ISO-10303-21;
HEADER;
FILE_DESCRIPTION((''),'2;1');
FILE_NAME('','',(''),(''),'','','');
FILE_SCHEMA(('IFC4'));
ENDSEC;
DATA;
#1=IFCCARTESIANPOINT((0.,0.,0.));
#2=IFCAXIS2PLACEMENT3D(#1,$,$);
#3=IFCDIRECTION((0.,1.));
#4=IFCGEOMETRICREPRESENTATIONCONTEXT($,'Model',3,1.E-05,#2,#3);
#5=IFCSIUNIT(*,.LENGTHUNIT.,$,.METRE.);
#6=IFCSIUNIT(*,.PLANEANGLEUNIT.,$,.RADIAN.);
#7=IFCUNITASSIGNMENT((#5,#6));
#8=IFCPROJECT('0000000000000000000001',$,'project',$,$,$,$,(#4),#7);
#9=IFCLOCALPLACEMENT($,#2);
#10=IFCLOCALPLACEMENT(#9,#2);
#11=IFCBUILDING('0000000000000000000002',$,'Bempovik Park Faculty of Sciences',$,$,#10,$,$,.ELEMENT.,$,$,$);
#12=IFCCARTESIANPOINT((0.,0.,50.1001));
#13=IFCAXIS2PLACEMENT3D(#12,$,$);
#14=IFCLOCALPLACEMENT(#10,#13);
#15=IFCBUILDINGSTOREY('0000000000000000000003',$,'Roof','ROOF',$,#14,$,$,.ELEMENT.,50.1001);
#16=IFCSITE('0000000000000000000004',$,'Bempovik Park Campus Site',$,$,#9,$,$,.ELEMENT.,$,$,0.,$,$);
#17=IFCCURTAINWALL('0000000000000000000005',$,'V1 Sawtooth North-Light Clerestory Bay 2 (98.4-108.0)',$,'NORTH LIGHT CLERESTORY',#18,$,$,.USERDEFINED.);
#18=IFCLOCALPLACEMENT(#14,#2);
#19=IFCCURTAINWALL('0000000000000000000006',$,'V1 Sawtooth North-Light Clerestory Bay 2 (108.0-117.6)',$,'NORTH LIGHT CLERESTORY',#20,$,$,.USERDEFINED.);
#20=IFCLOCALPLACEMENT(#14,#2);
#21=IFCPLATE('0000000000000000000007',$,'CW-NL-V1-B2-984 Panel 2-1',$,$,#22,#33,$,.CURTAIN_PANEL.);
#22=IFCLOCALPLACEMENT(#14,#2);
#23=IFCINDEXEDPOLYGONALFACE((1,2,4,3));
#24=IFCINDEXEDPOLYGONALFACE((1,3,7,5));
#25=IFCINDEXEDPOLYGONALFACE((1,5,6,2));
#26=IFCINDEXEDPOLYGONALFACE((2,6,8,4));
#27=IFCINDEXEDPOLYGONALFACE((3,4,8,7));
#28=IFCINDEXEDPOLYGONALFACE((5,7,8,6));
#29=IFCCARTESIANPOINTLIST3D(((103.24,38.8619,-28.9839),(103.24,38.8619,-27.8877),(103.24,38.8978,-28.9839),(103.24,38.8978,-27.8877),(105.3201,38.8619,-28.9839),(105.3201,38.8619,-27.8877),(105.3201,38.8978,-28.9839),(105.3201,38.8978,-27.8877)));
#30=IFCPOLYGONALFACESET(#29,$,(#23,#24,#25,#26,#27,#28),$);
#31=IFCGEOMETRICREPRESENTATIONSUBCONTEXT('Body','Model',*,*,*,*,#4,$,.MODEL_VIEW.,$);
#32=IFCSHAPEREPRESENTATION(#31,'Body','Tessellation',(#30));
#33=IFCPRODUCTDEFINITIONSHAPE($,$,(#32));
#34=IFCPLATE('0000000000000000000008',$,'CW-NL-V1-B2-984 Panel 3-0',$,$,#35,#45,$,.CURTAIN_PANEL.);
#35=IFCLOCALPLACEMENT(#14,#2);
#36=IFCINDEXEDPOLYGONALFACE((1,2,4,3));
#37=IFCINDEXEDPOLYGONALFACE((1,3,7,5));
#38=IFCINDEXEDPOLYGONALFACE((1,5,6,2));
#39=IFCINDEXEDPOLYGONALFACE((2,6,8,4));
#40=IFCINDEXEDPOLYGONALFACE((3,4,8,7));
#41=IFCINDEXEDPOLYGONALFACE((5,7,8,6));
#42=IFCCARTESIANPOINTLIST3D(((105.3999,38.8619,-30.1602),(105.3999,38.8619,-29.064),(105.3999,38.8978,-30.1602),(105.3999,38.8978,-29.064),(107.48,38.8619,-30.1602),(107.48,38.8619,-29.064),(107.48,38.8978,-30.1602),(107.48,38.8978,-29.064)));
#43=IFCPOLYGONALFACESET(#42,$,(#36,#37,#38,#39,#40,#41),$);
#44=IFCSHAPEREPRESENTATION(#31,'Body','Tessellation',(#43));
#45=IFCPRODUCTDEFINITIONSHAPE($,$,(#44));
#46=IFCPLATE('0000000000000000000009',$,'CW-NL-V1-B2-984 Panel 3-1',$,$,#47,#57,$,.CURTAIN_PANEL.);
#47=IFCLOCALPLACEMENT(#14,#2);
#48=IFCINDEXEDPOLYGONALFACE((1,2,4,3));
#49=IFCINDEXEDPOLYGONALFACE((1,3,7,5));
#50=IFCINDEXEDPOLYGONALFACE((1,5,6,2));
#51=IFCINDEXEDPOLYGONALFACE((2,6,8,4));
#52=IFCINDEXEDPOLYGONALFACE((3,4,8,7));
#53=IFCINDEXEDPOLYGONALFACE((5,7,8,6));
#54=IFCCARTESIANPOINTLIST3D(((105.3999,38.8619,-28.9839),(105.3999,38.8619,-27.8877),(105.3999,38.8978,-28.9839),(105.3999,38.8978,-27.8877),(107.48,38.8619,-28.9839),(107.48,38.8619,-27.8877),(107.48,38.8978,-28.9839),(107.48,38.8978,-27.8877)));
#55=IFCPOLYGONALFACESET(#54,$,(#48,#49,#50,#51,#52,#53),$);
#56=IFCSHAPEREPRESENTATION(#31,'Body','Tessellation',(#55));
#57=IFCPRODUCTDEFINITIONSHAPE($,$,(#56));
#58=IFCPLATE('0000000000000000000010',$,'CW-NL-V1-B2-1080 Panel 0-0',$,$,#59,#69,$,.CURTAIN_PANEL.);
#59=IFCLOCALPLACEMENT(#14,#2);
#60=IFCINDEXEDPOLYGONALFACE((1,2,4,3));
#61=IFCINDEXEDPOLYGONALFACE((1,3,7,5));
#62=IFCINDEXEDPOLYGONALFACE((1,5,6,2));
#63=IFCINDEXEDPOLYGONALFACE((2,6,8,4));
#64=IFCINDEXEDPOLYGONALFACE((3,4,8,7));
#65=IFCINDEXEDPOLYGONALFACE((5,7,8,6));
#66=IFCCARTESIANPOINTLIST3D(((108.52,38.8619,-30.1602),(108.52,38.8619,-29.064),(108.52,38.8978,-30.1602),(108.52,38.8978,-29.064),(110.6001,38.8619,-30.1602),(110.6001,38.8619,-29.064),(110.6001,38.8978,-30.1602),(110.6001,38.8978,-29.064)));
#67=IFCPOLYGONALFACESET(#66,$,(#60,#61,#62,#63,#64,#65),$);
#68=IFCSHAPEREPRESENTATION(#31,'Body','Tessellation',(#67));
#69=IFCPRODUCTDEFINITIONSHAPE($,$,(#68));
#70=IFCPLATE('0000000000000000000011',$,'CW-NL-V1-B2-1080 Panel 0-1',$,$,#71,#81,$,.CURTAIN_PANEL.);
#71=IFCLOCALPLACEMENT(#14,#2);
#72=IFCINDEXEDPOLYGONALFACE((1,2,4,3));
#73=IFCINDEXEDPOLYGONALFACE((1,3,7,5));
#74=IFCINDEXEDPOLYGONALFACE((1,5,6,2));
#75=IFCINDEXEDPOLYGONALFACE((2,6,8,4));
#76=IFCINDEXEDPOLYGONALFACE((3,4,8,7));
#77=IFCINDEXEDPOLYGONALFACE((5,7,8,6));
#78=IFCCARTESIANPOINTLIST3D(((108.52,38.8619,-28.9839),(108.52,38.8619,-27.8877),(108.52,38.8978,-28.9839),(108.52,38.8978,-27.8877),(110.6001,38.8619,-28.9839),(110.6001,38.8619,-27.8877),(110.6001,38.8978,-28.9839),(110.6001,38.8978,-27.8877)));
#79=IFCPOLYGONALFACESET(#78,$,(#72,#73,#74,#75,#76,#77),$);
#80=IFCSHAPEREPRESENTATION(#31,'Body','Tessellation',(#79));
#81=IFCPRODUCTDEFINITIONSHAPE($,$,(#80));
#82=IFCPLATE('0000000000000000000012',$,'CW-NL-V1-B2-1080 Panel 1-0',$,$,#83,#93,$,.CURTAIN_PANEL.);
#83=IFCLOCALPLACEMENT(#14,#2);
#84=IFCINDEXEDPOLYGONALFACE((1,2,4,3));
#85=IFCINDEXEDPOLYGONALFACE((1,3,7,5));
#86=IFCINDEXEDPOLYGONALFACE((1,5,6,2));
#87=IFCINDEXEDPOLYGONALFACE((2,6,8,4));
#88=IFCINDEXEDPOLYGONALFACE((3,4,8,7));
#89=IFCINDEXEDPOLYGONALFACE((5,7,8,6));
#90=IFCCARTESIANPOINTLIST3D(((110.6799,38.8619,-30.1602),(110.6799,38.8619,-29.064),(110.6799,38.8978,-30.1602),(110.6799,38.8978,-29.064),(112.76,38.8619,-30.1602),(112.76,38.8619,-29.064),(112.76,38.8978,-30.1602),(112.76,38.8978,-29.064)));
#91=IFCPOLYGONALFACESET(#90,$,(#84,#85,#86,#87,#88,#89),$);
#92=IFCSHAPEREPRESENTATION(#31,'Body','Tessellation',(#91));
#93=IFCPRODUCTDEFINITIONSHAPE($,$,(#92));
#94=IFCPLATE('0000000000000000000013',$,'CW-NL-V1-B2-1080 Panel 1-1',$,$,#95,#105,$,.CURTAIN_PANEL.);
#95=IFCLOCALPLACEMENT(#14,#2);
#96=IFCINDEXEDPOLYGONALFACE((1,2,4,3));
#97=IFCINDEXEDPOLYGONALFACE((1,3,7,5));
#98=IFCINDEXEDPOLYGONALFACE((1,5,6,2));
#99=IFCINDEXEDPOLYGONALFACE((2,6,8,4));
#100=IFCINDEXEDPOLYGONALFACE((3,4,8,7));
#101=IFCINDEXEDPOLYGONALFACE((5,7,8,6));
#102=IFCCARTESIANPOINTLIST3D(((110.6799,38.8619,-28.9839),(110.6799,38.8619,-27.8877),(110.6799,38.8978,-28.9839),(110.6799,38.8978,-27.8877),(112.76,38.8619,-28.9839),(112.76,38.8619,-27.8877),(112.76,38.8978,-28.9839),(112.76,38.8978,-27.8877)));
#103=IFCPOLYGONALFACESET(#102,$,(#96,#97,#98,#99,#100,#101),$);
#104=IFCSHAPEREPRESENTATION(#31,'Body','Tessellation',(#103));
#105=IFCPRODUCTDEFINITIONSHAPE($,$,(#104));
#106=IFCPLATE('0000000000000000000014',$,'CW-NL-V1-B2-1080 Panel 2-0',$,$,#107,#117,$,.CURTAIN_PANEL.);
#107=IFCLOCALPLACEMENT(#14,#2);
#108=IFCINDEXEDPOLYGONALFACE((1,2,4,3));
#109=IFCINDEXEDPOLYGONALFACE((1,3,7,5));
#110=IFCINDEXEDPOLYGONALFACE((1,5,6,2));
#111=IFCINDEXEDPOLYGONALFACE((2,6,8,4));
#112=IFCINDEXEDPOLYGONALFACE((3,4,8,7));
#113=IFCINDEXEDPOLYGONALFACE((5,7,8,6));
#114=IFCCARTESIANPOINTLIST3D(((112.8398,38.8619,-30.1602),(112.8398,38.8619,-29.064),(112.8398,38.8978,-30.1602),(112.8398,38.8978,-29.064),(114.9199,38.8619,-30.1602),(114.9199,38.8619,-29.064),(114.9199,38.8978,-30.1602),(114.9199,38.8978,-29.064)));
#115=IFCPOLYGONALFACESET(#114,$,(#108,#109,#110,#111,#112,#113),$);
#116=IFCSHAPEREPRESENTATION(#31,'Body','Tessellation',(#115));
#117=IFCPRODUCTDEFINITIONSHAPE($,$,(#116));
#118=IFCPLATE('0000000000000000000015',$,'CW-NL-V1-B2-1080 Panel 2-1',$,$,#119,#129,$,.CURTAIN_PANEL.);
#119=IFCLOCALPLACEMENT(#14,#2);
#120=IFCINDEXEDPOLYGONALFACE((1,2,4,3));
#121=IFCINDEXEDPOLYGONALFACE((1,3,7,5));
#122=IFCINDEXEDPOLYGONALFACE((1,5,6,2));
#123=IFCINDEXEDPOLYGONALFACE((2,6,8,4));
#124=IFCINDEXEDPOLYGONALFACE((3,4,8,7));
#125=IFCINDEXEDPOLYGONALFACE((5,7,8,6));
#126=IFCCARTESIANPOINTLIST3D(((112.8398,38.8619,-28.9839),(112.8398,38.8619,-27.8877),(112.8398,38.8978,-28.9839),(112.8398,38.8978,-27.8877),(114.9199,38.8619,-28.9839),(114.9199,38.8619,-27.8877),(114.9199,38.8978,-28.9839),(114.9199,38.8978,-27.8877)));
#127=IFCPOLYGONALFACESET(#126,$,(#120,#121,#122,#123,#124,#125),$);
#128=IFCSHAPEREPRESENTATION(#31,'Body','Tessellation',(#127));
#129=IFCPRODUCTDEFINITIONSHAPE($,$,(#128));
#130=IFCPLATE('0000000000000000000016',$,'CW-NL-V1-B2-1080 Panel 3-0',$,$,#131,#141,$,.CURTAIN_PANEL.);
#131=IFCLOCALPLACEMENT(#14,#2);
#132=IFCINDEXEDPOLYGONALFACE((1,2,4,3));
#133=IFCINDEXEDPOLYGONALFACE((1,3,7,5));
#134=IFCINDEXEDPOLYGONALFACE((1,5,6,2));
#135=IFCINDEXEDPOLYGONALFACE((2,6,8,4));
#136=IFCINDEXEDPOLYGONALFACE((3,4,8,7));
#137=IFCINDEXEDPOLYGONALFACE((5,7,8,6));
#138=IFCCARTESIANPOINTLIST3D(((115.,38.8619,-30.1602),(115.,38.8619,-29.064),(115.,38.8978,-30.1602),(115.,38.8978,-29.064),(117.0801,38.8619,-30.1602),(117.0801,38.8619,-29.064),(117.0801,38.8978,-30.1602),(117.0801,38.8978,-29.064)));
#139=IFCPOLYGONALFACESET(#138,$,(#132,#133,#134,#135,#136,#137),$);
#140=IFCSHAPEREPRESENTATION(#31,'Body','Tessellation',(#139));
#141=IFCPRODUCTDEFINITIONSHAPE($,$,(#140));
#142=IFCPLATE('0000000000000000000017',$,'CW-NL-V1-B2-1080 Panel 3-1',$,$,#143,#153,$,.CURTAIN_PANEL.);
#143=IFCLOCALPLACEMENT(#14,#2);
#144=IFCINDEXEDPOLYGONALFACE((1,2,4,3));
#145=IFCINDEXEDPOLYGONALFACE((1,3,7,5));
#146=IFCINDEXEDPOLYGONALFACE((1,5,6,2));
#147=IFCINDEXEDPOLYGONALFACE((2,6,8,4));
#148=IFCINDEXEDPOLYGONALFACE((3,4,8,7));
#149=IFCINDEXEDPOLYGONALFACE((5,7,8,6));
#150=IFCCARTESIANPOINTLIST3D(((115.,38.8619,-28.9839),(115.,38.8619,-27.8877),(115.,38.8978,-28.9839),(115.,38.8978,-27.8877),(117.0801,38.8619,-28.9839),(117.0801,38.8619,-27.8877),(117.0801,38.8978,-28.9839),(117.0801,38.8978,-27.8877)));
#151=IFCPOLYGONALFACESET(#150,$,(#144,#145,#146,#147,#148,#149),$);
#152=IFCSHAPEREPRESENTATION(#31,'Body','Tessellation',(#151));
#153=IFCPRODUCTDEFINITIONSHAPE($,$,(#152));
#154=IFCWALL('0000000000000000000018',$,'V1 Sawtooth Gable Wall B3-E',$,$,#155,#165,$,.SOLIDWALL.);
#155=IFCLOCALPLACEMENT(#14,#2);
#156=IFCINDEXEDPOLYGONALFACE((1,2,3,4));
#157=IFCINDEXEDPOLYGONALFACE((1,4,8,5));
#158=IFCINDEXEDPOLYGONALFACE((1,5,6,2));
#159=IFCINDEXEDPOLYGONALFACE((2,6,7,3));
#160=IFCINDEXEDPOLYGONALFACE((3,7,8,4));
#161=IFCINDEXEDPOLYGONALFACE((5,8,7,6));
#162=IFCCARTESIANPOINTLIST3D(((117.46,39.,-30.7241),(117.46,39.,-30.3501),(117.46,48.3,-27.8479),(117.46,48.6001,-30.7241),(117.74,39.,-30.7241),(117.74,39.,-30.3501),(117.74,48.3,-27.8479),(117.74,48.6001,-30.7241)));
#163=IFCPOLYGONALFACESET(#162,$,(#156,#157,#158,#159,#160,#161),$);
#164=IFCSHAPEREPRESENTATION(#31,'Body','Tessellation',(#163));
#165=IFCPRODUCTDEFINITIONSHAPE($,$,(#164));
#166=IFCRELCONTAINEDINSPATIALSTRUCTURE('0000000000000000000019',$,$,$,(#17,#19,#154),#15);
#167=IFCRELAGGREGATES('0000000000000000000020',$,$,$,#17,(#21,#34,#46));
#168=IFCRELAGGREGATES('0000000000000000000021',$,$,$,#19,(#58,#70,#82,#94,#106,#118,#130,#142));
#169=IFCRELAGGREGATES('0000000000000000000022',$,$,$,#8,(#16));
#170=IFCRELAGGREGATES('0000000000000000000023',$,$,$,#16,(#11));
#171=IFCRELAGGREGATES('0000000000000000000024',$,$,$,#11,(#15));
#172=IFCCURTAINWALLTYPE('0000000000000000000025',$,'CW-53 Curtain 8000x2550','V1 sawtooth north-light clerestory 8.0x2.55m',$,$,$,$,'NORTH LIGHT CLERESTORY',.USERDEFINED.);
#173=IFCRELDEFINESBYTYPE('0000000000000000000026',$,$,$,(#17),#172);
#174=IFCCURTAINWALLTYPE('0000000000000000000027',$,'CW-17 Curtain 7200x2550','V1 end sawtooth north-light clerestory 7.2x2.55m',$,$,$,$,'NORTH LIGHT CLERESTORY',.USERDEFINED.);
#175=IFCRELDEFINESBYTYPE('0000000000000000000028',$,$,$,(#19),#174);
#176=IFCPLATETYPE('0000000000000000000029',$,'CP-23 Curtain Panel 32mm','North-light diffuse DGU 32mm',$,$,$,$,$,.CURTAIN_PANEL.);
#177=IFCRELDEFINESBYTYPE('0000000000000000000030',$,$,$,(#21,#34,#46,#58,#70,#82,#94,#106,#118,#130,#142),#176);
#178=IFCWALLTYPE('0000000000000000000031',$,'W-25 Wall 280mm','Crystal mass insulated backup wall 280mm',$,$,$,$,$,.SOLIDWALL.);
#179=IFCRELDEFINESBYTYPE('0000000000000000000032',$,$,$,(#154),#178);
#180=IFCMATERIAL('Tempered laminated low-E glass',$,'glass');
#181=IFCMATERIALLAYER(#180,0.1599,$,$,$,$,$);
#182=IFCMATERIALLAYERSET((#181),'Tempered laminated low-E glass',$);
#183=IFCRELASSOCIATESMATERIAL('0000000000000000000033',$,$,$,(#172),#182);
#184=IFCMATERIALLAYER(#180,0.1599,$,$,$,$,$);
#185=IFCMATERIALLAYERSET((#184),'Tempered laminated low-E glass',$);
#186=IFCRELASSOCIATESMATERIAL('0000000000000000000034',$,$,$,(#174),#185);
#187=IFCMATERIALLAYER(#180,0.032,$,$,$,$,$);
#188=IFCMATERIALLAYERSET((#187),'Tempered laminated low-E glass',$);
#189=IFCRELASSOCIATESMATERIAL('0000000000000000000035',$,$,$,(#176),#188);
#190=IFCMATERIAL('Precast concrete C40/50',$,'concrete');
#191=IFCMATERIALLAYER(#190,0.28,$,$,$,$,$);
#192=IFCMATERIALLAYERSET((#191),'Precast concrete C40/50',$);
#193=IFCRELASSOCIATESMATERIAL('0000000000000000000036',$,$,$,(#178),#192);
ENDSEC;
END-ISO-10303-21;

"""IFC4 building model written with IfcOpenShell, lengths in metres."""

from ifc_helpers import new_model, si_unit, direction, frame, origin, origin_2d, place, context, subcontext, project, spatial, polyline, rectangle, outline, extrude, material, layer, layer_set, type_object, element, aggregate, save


model = new_model("IFC4")

# Units and contexts
model_context = context("Model", 3, precision=1e-05, world=origin(), true_north=direction((0.0, 1.0)))
body_context = subcontext(model_context, "Body", "Model", "MODEL_VIEW")
ifc_project = project(units=[si_unit("LENGTHUNIT", "METRE"), si_unit("PLANEANGLEUNIT", "RADIAN")], contexts=[model_context])

# Site, building, storey
site_placement = place(None, origin())
site = spatial("IfcSite", under=ifc_project, at=site_placement, Name="Bempovik Park Campus Site", CompositionType="ELEMENT", RefElevation=0.0)
building_placement = place(site_placement, origin())
building = spatial("IfcBuilding", under=site, at=building_placement, Name="Bempovik Park Faculty of Sciences", CompositionType="ELEMENT")
storey_placement = place(building_placement, frame((0.0, 0.0, 50.1001)))
storey = spatial("IfcBuildingStorey", under=building, at=storey_placement, Name="Roof", Description="ROOF", CompositionType="ELEMENT", Elevation=50.1001)

# Curtain walls
ifc_material_1 = material(Name="Tempered laminated low-E glass", Category="glass")
ifc_layer_1 = layer(ifc_material_1, 0.1599)
ifc_layer_set_1 = layer_set([ifc_layer_1], Name="Tempered laminated low-E glass")
curtain_wall_type_1 = type_object("IfcCurtainWallType", Name="CW-53 Curtain 8000x2550", Description="V1 sawtooth north-light clerestory 8.0x2.55m", ElementType="NORTH LIGHT CLERESTORY", PredefinedType="USERDEFINED", material=ifc_layer_set_1)
curtain_wall_1_placement = place(storey_placement, origin())
curtain_wall_1 = element("IfcCurtainWall", 1, at=curtain_wall_1_placement, inside=storey, type_object=curtain_wall_type_1, Name="V1 Sawtooth North-Light Clerestory Bay 2 (98.4-108.0)", ObjectType="NORTH LIGHT CLERESTORY", PredefinedType="USERDEFINED")
ifc_layer_2 = layer(ifc_material_1, 0.1599)
ifc_layer_set_2 = layer_set([ifc_layer_2], Name="Tempered laminated low-E glass")
curtain_wall_type_2 = type_object("IfcCurtainWallType", Name="CW-17 Curtain 7200x2550", Description="V1 end sawtooth north-light clerestory 7.2x2.55m", ElementType="NORTH LIGHT CLERESTORY", PredefinedType="USERDEFINED", material=ifc_layer_set_2)
curtain_wall_2_placement = place(storey_placement, origin())
curtain_wall_2 = element("IfcCurtainWall", 2, at=curtain_wall_2_placement, inside=storey, type_object=curtain_wall_type_2, Name="V1 Sawtooth North-Light Clerestory Bay 2 (108.0-117.6)", ObjectType="NORTH LIGHT CLERESTORY", PredefinedType="USERDEFINED")

# Plates
ifc_layer_3 = layer(ifc_material_1, 0.032)
ifc_layer_set_3 = layer_set([ifc_layer_3], Name="Tempered laminated low-E glass")
plate_type = type_object("IfcPlateType", Name="CP-23 Curtain Panel 32mm", Description="North-light diffuse DGU 32mm", PredefinedType="CURTAIN_PANEL", material=ifc_layer_set_3)
plate_1_placement = place(storey_placement, frame((104.28, 38.8799, -28.9839), z_axis=(0.0, 0.0, 1.0), x_axis=(1.0, 0.0, 0.0)))
plate_1 = element("IfcPlate", 3, at=plate_1_placement, type_object=plate_type, Name="CW-NL-V1-B2-984 Panel 2-1", PredefinedType="CURTAIN_PANEL", context=body_context, shape_type="SweptSolid", body=[
    extrude(rectangle(XDim=2.0801, YDim=0.0359, at=origin_2d()), origin(), (0.0, 0.0, 1.0), 1.0962),
])
plate_2_placement = place(storey_placement, frame((106.4399, 38.8799, -30.1602), z_axis=(0.0, 0.0, 1.0), x_axis=(1.0, 0.0, 0.0)))
plate_2 = element("IfcPlate", 4, at=plate_2_placement, type_object=plate_type, Name="CW-NL-V1-B2-984 Panel 3-0", PredefinedType="CURTAIN_PANEL", context=body_context, shape_type="SweptSolid", body=[
    extrude(rectangle(XDim=2.0801, YDim=0.0359, at=origin_2d()), origin(), (0.0, 0.0, 1.0), 1.0962),
])
plate_3_placement = place(storey_placement, frame((106.4399, 38.8799, -28.9839), z_axis=(0.0, 0.0, 1.0), x_axis=(1.0, 0.0, 0.0)))
plate_3 = element("IfcPlate", 5, at=plate_3_placement, type_object=plate_type, Name="CW-NL-V1-B2-984 Panel 3-1", PredefinedType="CURTAIN_PANEL", context=body_context, shape_type="SweptSolid", body=[
    extrude(rectangle(XDim=2.0801, YDim=0.0359, at=origin_2d()), origin(), (0.0, 0.0, 1.0), 1.0962),
])
aggregate(curtain_wall_1, [plate_1, plate_2, plate_3])
plate_4_placement = place(storey_placement, frame((109.5601, 38.8799, -30.1602), z_axis=(0.0, 0.0, 1.0), x_axis=(1.0, 0.0, 0.0)))
plate_4 = element("IfcPlate", 6, at=plate_4_placement, type_object=plate_type, Name="CW-NL-V1-B2-1080 Panel 0-0", PredefinedType="CURTAIN_PANEL", context=body_context, shape_type="SweptSolid", body=[
    extrude(rectangle(XDim=2.0801, YDim=0.0359, at=origin_2d()), origin(), (0.0, 0.0, 1.0), 1.0962),
])
plate_5_placement = place(storey_placement, frame((109.5601, 38.8799, -28.9839), z_axis=(0.0, 0.0, 1.0), x_axis=(1.0, 0.0, 0.0)))
plate_5 = element("IfcPlate", 7, at=plate_5_placement, type_object=plate_type, Name="CW-NL-V1-B2-1080 Panel 0-1", PredefinedType="CURTAIN_PANEL", context=body_context, shape_type="SweptSolid", body=[
    extrude(rectangle(XDim=2.0801, YDim=0.0359, at=origin_2d()), origin(), (0.0, 0.0, 1.0), 1.0962),
])
plate_6_placement = place(storey_placement, frame((111.72, 38.8799, -30.1602), z_axis=(0.0, 0.0, 1.0), x_axis=(1.0, 0.0, 0.0)))
plate_6 = element("IfcPlate", 8, at=plate_6_placement, type_object=plate_type, Name="CW-NL-V1-B2-1080 Panel 1-0", PredefinedType="CURTAIN_PANEL", context=body_context, shape_type="SweptSolid", body=[
    extrude(rectangle(XDim=2.0801, YDim=0.0359, at=origin_2d()), origin(), (0.0, 0.0, 1.0), 1.0962),
])
plate_7_placement = place(storey_placement, frame((111.72, 38.8799, -28.9839), z_axis=(0.0, 0.0, 1.0), x_axis=(1.0, 0.0, 0.0)))
plate_7 = element("IfcPlate", 9, at=plate_7_placement, type_object=plate_type, Name="CW-NL-V1-B2-1080 Panel 1-1", PredefinedType="CURTAIN_PANEL", context=body_context, shape_type="SweptSolid", body=[
    extrude(rectangle(XDim=2.0801, YDim=0.0359, at=origin_2d()), origin(), (0.0, 0.0, 1.0), 1.0962),
])
plate_8_placement = place(storey_placement, frame((113.8799, 38.8799, -30.1602), z_axis=(0.0, 0.0, 1.0), x_axis=(1.0, 0.0, 0.0)))
plate_8 = element("IfcPlate", 10, at=plate_8_placement, type_object=plate_type, Name="CW-NL-V1-B2-1080 Panel 2-0", PredefinedType="CURTAIN_PANEL", context=body_context, shape_type="SweptSolid", body=[
    extrude(rectangle(XDim=2.0801, YDim=0.0359, at=origin_2d()), origin(), (0.0, 0.0, 1.0), 1.0962),
])
plate_9_placement = place(storey_placement, frame((113.8799, 38.8799, -28.9839), z_axis=(0.0, 0.0, 1.0), x_axis=(1.0, 0.0, 0.0)))
plate_9 = element("IfcPlate", 11, at=plate_9_placement, type_object=plate_type, Name="CW-NL-V1-B2-1080 Panel 2-1", PredefinedType="CURTAIN_PANEL", context=body_context, shape_type="SweptSolid", body=[
    extrude(rectangle(XDim=2.0801, YDim=0.0359, at=origin_2d()), origin(), (0.0, 0.0, 1.0), 1.0962),
])
plate_10_placement = place(storey_placement, frame((116.04, 38.8799, -30.1602), z_axis=(0.0, 0.0, 1.0), x_axis=(1.0, 0.0, 0.0)))
plate_10 = element("IfcPlate", 12, at=plate_10_placement, type_object=plate_type, Name="CW-NL-V1-B2-1080 Panel 3-0", PredefinedType="CURTAIN_PANEL", context=body_context, shape_type="SweptSolid", body=[
    extrude(rectangle(XDim=2.0801, YDim=0.0359, at=origin_2d()), origin(), (0.0, 0.0, 1.0), 1.0962),
])
plate_11_placement = place(storey_placement, frame((116.04, 38.8799, -28.9839), z_axis=(0.0, 0.0, 1.0), x_axis=(1.0, 0.0, 0.0)))
plate_11 = element("IfcPlate", 13, at=plate_11_placement, type_object=plate_type, Name="CW-NL-V1-B2-1080 Panel 3-1", PredefinedType="CURTAIN_PANEL", context=body_context, shape_type="SweptSolid", body=[
    extrude(rectangle(XDim=2.0801, YDim=0.0359, at=origin_2d()), origin(), (0.0, 0.0, 1.0), 1.0962),
])
aggregate(curtain_wall_2, [plate_4, plate_5, plate_6, plate_7, plate_8, plate_9, plate_10, plate_11])

# Wall
ifc_material_2 = material(Name="Precast concrete C40/50", Category="concrete")
ifc_layer_4 = layer(ifc_material_2, 0.28)
ifc_layer_set_4 = layer_set([ifc_layer_4], Name="Precast concrete C40/50")
wall_type = type_object("IfcWallType", Name="W-25 Wall 280mm", Description="Crystal mass insulated backup wall 280mm", PredefinedType="SOLIDWALL", material=ifc_layer_set_4)
wall_placement = place(storey_placement, frame((117.6001, 39.0, -30.7241), z_axis=(0.0, 0.0, 1.0), x_axis=(0.0, 1.0, 0.0)))
element("IfcWall", 14, at=wall_placement, inside=storey, type_object=wall_type, Name="V1 Sawtooth Gable Wall B3-E", PredefinedType="SOLIDWALL", context=body_context, shape_type="SweptSolid", body=[
    extrude(outline(polyline([(0.0, 0.0), (9.6001, 0.0), (9.3, 2.8762), (0.0, 0.374), (0.0, 0.0)])), frame((0.0, 0.1401, 0.0), z_axis=(0.0, -1.0, 0.0), x_axis=(1.0, 0.0, 0.0)), (0.0, 0.0, 1.0), 0.28),
])

save(model, "model.ifc")
